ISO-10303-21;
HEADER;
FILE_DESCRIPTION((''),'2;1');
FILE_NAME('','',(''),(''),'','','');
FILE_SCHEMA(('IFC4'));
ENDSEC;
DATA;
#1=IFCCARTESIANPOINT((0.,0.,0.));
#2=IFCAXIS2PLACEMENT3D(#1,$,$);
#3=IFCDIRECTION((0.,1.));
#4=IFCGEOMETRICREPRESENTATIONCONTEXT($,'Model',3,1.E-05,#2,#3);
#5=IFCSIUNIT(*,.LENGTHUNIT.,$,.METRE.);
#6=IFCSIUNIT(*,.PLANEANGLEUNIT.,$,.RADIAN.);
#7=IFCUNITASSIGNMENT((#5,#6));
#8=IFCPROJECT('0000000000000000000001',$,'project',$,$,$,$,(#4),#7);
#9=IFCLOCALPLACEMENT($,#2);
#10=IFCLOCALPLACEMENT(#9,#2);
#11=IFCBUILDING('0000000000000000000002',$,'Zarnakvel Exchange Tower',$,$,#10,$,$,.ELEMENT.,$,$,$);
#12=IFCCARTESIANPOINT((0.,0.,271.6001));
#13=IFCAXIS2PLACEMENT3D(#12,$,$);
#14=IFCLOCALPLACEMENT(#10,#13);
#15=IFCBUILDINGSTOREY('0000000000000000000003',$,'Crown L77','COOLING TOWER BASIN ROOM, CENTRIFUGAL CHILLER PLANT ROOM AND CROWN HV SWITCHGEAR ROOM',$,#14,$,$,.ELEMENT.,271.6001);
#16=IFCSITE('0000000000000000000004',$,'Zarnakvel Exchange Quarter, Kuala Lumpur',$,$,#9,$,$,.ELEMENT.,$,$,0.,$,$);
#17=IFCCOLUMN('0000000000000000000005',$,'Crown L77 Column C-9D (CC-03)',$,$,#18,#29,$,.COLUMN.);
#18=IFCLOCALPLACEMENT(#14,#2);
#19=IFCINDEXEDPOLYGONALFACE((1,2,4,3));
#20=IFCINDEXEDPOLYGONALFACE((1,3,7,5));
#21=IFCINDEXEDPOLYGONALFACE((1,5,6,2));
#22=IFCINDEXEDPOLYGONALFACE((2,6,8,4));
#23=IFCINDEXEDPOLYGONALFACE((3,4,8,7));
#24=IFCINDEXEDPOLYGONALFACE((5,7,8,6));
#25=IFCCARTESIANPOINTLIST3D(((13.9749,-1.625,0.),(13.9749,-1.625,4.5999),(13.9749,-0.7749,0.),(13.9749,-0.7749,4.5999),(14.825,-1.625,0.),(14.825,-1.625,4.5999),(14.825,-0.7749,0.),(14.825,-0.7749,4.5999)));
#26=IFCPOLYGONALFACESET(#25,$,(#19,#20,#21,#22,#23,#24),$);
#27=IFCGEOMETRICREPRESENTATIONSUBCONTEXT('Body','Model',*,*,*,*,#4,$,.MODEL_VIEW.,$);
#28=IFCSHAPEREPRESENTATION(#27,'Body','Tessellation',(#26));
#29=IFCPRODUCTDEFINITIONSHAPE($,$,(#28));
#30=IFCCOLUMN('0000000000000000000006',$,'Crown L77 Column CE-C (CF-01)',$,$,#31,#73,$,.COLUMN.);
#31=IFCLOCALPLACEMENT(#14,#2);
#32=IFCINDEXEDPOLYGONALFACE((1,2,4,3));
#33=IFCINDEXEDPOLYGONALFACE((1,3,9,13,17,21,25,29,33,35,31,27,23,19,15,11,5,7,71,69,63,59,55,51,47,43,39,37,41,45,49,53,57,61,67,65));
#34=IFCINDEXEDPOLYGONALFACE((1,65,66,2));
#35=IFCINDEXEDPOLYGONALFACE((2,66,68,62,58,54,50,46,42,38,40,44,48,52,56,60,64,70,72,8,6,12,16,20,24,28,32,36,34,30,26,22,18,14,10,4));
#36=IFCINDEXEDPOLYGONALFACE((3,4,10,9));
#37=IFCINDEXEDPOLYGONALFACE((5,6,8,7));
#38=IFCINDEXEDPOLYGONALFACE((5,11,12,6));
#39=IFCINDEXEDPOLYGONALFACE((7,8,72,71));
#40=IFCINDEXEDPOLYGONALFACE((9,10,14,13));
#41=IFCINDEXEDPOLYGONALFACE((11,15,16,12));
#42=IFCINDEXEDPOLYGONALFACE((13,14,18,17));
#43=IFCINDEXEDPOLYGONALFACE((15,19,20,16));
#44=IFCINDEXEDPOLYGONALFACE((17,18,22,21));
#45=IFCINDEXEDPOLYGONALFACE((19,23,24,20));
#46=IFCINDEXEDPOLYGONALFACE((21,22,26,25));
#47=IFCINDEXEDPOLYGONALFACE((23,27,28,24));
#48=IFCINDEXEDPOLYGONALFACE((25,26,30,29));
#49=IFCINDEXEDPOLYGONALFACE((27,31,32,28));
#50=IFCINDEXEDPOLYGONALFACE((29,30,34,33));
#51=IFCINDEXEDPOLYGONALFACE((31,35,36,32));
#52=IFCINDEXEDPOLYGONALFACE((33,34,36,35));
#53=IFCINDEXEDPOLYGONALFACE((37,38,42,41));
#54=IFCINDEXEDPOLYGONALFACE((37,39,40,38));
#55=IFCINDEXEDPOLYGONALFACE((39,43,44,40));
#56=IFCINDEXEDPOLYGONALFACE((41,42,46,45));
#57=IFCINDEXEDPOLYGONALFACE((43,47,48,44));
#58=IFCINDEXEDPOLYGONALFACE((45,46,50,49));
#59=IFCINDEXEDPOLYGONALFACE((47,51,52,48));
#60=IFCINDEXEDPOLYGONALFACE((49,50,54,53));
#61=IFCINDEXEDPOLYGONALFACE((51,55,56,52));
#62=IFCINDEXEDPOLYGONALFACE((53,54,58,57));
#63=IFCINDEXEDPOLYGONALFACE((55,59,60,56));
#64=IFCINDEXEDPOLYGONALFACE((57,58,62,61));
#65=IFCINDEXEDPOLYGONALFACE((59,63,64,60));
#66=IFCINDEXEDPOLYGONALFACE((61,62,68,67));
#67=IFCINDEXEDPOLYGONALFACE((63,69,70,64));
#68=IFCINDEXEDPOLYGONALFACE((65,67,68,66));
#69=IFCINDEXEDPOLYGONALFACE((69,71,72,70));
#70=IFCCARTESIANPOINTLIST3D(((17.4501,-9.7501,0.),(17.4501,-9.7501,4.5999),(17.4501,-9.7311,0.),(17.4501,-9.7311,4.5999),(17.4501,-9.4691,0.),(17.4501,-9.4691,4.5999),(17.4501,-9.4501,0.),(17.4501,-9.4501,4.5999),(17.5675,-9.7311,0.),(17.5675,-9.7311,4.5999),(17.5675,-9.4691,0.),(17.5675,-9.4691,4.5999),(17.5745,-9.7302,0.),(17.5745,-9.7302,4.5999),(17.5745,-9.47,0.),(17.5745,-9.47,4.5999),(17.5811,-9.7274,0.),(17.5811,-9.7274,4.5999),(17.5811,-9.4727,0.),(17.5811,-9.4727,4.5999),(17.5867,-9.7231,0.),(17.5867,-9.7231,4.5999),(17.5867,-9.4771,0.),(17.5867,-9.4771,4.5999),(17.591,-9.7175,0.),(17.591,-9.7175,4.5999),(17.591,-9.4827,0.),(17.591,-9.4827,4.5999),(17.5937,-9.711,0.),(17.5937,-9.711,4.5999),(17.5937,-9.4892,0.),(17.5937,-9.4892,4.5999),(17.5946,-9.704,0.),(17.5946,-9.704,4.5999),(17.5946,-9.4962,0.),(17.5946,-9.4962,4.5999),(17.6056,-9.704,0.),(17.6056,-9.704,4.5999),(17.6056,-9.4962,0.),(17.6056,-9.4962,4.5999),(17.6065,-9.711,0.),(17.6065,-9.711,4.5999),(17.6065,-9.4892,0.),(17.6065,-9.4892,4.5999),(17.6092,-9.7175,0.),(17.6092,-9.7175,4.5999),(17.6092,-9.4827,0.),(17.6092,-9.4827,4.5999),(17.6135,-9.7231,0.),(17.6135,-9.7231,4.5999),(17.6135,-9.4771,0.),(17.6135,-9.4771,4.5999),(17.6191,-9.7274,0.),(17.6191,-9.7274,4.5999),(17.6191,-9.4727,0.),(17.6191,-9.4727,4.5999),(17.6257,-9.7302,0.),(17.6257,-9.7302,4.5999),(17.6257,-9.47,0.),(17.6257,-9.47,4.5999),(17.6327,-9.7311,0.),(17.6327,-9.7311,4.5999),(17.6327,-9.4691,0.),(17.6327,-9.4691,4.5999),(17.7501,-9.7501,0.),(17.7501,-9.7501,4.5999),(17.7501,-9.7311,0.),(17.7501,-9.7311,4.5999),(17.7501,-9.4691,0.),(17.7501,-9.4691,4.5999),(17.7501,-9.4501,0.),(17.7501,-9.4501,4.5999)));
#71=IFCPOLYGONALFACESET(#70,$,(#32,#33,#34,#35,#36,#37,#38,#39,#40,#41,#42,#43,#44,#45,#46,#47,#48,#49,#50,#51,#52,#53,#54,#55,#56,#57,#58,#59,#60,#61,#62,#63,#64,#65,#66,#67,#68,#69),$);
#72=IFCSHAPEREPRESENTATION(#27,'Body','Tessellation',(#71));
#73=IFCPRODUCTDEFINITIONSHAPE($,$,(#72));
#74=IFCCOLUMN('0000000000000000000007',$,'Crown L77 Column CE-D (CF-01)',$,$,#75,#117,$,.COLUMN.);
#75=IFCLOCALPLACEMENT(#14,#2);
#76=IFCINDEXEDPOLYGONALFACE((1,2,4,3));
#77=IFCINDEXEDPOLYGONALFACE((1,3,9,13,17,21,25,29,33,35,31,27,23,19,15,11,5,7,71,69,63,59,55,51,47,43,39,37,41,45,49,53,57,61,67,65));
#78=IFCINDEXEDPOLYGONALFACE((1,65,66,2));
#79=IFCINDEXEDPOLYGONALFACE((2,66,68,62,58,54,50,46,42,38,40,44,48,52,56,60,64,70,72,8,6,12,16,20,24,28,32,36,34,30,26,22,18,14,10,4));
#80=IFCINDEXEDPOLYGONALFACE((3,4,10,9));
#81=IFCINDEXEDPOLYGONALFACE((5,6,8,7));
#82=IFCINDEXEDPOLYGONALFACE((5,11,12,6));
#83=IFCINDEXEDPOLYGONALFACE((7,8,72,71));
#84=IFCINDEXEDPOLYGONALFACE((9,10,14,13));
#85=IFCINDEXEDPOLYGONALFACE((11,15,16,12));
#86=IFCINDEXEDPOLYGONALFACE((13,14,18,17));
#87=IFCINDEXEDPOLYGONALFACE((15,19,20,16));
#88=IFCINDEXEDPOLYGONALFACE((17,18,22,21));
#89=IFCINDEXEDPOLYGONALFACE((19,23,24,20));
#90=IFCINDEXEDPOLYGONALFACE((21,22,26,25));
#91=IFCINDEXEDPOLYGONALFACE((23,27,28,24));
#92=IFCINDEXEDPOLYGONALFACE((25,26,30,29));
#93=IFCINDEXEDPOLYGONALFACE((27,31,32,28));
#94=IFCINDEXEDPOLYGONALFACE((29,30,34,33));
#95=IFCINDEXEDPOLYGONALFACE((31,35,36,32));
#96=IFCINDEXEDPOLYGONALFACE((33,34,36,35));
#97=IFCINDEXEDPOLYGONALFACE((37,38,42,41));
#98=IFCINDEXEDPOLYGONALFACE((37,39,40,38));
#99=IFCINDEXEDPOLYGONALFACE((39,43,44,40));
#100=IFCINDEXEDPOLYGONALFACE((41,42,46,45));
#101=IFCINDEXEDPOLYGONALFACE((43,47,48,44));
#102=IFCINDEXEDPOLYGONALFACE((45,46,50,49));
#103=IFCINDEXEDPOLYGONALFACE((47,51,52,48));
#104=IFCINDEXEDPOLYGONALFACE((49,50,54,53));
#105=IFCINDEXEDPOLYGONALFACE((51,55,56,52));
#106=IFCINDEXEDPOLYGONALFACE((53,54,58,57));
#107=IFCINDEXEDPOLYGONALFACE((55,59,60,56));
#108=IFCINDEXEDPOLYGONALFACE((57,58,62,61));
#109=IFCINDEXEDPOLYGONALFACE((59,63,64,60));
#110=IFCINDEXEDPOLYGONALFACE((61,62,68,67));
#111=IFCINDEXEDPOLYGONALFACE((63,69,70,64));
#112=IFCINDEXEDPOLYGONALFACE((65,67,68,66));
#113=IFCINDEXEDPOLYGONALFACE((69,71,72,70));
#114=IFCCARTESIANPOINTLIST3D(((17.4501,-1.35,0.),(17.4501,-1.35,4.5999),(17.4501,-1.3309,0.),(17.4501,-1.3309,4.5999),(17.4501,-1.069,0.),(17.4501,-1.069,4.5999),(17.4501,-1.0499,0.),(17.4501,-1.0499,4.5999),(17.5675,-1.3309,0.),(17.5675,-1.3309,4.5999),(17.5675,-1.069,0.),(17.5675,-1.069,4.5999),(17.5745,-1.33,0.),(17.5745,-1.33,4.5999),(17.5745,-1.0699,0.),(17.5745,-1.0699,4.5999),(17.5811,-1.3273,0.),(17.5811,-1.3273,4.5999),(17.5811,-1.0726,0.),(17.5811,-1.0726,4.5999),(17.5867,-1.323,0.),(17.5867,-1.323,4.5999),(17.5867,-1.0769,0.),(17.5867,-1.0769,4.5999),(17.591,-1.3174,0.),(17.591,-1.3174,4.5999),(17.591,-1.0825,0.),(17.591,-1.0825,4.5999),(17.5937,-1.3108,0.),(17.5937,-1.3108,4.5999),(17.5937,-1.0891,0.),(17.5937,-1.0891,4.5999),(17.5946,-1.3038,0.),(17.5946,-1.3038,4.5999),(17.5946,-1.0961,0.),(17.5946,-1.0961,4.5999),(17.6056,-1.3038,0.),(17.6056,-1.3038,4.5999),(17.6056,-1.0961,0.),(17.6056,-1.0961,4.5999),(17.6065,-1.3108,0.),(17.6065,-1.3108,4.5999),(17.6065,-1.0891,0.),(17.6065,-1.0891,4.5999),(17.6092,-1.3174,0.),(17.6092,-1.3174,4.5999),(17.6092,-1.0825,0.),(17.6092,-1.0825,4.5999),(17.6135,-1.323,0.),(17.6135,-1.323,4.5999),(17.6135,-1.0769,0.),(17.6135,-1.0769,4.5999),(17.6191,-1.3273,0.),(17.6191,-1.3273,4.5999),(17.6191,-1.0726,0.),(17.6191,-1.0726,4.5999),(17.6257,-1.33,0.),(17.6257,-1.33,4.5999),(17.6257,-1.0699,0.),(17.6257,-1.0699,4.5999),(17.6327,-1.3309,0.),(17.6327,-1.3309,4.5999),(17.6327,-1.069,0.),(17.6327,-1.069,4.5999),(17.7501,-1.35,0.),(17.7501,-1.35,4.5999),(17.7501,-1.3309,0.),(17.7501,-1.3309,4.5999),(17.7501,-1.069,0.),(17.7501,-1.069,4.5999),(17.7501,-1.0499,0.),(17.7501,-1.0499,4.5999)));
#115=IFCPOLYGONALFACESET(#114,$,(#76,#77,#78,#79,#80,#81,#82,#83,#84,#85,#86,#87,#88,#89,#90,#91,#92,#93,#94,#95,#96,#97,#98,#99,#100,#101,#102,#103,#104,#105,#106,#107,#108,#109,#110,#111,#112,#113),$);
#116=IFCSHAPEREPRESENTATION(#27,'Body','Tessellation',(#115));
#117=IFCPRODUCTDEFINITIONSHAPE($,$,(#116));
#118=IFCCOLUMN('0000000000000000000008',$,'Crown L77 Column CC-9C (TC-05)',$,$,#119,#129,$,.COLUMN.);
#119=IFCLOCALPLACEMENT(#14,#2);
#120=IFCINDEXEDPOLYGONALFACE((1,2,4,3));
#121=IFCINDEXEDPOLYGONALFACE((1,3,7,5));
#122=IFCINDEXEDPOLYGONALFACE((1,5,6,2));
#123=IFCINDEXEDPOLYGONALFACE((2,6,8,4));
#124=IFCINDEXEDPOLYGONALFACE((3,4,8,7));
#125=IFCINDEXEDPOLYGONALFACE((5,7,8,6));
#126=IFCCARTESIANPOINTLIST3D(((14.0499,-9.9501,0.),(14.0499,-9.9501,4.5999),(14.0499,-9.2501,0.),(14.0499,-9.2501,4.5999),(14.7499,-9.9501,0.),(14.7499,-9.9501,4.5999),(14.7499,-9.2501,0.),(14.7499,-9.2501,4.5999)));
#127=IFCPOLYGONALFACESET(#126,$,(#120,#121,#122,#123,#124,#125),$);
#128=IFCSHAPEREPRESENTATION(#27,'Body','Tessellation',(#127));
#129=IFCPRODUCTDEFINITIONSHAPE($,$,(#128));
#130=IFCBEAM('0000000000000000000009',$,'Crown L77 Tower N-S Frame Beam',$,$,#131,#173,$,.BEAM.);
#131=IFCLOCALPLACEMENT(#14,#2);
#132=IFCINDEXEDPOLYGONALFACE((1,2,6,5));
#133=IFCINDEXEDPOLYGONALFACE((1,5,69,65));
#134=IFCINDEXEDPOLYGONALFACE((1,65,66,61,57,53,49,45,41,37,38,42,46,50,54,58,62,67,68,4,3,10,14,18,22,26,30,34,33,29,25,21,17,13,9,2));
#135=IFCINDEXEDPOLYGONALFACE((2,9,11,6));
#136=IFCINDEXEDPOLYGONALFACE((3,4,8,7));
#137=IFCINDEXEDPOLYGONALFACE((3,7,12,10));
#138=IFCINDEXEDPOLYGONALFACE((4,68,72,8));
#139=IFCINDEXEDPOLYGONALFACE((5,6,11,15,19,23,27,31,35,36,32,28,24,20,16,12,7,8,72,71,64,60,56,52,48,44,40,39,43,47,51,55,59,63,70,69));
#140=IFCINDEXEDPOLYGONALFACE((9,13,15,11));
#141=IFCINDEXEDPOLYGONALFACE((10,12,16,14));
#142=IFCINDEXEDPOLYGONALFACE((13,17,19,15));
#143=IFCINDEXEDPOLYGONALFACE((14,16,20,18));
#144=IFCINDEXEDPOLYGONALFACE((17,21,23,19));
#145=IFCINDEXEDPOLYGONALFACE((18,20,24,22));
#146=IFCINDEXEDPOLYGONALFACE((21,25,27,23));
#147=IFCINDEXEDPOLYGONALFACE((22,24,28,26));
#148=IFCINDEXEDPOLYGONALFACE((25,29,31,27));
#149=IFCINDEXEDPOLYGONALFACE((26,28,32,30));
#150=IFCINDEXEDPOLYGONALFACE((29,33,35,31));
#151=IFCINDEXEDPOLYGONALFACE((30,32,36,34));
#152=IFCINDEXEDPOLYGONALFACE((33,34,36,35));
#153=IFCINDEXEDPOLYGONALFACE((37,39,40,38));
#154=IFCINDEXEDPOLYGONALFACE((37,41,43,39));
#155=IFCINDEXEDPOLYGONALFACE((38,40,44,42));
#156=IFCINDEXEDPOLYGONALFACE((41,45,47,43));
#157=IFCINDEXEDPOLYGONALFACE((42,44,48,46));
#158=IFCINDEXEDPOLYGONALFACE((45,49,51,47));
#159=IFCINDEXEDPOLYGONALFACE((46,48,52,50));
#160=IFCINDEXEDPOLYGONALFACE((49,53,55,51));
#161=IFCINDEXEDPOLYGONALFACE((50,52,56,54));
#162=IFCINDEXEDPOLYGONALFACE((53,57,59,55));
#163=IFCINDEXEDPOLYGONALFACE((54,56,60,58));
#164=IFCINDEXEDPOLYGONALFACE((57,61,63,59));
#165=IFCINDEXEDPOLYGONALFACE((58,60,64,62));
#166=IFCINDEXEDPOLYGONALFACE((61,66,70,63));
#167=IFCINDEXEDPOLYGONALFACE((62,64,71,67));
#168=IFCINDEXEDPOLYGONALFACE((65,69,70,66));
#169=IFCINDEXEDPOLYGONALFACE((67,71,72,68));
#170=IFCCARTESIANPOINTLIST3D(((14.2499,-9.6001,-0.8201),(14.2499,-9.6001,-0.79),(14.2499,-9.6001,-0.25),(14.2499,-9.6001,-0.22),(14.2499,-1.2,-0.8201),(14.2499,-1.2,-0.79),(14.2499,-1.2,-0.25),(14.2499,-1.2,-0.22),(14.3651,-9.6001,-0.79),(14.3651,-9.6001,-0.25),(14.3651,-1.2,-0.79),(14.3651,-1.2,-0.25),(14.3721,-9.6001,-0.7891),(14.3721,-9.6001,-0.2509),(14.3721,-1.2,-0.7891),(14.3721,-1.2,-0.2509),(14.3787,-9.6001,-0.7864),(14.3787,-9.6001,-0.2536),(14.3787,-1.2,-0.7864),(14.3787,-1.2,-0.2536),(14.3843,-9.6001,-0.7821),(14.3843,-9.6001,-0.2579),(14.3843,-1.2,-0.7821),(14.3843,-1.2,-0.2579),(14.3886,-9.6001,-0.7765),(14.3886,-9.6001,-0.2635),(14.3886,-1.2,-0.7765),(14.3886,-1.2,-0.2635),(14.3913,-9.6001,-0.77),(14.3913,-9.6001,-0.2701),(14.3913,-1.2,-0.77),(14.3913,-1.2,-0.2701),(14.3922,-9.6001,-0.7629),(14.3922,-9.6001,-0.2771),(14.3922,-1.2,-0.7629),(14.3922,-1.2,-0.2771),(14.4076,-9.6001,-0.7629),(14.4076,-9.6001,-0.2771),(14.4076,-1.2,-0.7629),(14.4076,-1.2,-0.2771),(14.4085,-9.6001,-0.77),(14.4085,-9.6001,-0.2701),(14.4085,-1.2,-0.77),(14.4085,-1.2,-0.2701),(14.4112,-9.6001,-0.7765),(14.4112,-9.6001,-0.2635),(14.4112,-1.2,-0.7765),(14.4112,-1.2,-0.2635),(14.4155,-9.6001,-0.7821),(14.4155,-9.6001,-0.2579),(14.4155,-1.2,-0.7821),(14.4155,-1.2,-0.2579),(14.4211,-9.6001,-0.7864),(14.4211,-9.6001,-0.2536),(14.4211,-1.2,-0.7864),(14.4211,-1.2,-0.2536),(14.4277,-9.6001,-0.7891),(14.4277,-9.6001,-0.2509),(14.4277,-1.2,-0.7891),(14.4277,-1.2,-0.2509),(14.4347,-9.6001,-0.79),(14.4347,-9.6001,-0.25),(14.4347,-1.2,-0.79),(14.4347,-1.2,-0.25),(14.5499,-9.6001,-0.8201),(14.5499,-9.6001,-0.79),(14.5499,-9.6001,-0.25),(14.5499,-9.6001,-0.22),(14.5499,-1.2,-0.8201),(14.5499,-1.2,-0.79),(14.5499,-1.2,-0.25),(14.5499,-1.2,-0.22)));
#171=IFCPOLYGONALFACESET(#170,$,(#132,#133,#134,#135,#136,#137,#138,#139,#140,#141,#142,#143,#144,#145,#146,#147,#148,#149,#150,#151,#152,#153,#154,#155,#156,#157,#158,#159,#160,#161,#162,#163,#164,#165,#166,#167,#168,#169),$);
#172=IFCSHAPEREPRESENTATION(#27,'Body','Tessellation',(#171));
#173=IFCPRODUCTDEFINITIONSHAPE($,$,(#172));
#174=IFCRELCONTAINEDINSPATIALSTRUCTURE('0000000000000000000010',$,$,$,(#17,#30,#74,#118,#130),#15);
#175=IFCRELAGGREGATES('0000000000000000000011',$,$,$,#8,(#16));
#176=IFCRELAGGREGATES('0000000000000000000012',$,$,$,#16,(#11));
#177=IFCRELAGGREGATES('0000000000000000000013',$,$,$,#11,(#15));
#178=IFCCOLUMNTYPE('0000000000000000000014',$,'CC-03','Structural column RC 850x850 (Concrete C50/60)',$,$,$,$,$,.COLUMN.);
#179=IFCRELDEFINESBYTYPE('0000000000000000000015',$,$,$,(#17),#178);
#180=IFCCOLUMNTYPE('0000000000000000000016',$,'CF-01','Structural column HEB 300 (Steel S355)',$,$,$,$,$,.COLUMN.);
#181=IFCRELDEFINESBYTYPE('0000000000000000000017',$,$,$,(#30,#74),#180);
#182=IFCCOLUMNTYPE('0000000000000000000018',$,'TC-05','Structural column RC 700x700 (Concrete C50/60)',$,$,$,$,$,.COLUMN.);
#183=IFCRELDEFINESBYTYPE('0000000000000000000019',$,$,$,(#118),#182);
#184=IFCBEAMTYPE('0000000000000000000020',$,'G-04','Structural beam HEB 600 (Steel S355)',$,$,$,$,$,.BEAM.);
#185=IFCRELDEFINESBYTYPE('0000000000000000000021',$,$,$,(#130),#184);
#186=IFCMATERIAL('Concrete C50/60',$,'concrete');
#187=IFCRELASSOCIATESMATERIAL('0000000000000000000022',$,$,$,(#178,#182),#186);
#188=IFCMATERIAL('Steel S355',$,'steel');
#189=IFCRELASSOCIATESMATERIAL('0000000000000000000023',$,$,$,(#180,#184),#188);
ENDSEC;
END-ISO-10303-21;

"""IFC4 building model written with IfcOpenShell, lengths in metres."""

from ifc_helpers import new_model, si_unit, direction, frame, origin, origin_2d, place, context, subcontext, project, spatial, rectangle, i_section, extrude, material, material_profile, profile_set, type_object, element, save


model = new_model("IFC4")

# Units and contexts
model_context = context("Model", 3, precision=1e-05, world=origin(), true_north=direction((0.0, 1.0)))
body_context = subcontext(model_context, "Body", "Model", "MODEL_VIEW")
ifc_project = project(units=[si_unit("LENGTHUNIT", "METRE"), si_unit("PLANEANGLEUNIT", "RADIAN")], contexts=[model_context])

# Site, building, storey
site_placement = place(None, origin())
site = spatial("IfcSite", under=ifc_project, at=site_placement, Name="Zarnakvel Exchange Quarter, Kuala Lumpur", CompositionType="ELEMENT", RefElevation=0.0)
building_placement = place(site_placement, origin())
building = spatial("IfcBuilding", under=site, at=building_placement, Name="Zarnakvel Exchange Tower", CompositionType="ELEMENT")
storey_placement = place(building_placement, frame((0.0, 0.0, 271.6001)))
storey = spatial("IfcBuildingStorey", under=building, at=storey_placement, Name="Crown L77", Description="COOLING TOWER BASIN ROOM, CENTRIFUGAL CHILLER PLANT ROOM AND CROWN HV SWITCHGEAR ROOM", CompositionType="ELEMENT", Elevation=271.6001)

# Columns
ifc_material_1 = material(Name="Concrete C50/60", Category="concrete")
ifc_material_profile_1 = material_profile(ifc_material_1, rectangle(XDim=0.8501, YDim=0.8501, at=origin_2d()))
ifc_profile_set_1 = profile_set([ifc_material_profile_1], Name="Concrete C50/60")
column_type_1 = type_object("IfcColumnType", Name="CC-03", Description="Structural column RC 850x850 (Concrete C50/60)", PredefinedType="COLUMN", material=ifc_profile_set_1)
column_1_placement = place(storey_placement, frame((14.3999, -1.2, 0.0), z_axis=(0.0, 0.0, 1.0), x_axis=(1.0, 0.0, 0.0)))
element("IfcColumn", 1, at=column_1_placement, inside=storey, type_object=column_type_1, Name="Crown L77 Column C-9D (CC-03)", PredefinedType="COLUMN", context=body_context, shape_type="SweptSolid", body=[
    extrude(rectangle(XDim=0.8501, YDim=0.8501, at=origin_2d()), origin(), (0.0, 0.0, 1.0), 4.5999),
])
ifc_material_2 = material(Name="Steel S355", Category="steel")
ifc_material_profile_2 = material_profile(ifc_material_2, i_section(OverallWidth=0.3, OverallDepth=0.3, WebThickness=0.011, FlangeThickness=0.019, FilletRadius=0.0271, at=origin_2d()))
ifc_profile_set_2 = profile_set([ifc_material_profile_2], Name="Steel S355")
column_type_2 = type_object("IfcColumnType", Name="CF-01", Description="Structural column HEB 300 (Steel S355)", PredefinedType="COLUMN", material=ifc_profile_set_2)
for number, where, z_axis, x_axis, name in (
    (2, (17.6001, -9.6001, 0.0), (0.0, 0.0, 1.0), (1.0, 0.0, 0.0), "Crown L77 Column CE-C (CF-01)"),
    (3, (17.6001, -1.2, 0.0), (0.0, 0.0, 1.0), (1.0, 0.0, 0.0), "Crown L77 Column CE-D (CF-01)"),
):
    element("IfcColumn", number, at=place(storey_placement, frame(where, z_axis=z_axis, x_axis=x_axis)), inside=storey, type_object=column_type_2, Name=name, PredefinedType="COLUMN", context=body_context, shape_type="SweptSolid", body=[
        extrude(i_section(OverallWidth=0.3, OverallDepth=0.3, WebThickness=0.011, FlangeThickness=0.019, FilletRadius=0.0271, at=origin_2d()), origin(), (0.0, 0.0, 1.0), 4.5999),
    ])
ifc_material_profile_3 = material_profile(ifc_material_1, rectangle(XDim=0.7, YDim=0.7, at=origin_2d()))
ifc_profile_set_3 = profile_set([ifc_material_profile_3], Name="Concrete C50/60")
column_type_3 = type_object("IfcColumnType", Name="TC-05", Description="Structural column RC 700x700 (Concrete C50/60)", PredefinedType="COLUMN", material=ifc_profile_set_3)
column_2_placement = place(storey_placement, frame((14.3999, -9.6001, 0.0), z_axis=(0.0, 0.0, 1.0), x_axis=(1.0, 0.0, 0.0)))
element("IfcColumn", 4, at=column_2_placement, inside=storey, type_object=column_type_3, Name="Crown L77 Column CC-9C (TC-05)", PredefinedType="COLUMN", context=body_context, shape_type="SweptSolid", body=[
    extrude(rectangle(XDim=0.7, YDim=0.7, at=origin_2d()), origin(), (0.0, 0.0, 1.0), 4.5999),
])

# Beam
ifc_material_profile_4 = material_profile(ifc_material_2, i_section(OverallWidth=0.3, OverallDepth=0.6001, WebThickness=0.0154, FlangeThickness=0.03, FilletRadius=0.0271, at=origin_2d()))
ifc_profile_set_4 = profile_set([ifc_material_profile_4], Name="Steel S355")
beam_type_1 = type_object("IfcBeamType", Name="G-04", Description="Structural beam HEB 600 (Steel S355)", PredefinedType="BEAM", material=ifc_profile_set_4)
beam_1_placement = place(storey_placement, frame((14.3999, -9.6001, -0.52), z_axis=(0.0, 1.0, 0.0), x_axis=(-1.0, 0.0, 0.0)))
element("IfcBeam", 5, at=beam_1_placement, inside=storey, type_object=beam_type_1, Name="Crown L77 Tower N-S Frame Beam", PredefinedType="BEAM", context=body_context, shape_type="SweptSolid", body=[
    extrude(i_section(OverallWidth=0.3, OverallDepth=0.6001, WebThickness=0.0154, FlangeThickness=0.03, FilletRadius=0.0271, at=origin_2d()), origin(), (0.0, 0.0, 1.0), 8.4001),
])

save(model, "model.ifc")
